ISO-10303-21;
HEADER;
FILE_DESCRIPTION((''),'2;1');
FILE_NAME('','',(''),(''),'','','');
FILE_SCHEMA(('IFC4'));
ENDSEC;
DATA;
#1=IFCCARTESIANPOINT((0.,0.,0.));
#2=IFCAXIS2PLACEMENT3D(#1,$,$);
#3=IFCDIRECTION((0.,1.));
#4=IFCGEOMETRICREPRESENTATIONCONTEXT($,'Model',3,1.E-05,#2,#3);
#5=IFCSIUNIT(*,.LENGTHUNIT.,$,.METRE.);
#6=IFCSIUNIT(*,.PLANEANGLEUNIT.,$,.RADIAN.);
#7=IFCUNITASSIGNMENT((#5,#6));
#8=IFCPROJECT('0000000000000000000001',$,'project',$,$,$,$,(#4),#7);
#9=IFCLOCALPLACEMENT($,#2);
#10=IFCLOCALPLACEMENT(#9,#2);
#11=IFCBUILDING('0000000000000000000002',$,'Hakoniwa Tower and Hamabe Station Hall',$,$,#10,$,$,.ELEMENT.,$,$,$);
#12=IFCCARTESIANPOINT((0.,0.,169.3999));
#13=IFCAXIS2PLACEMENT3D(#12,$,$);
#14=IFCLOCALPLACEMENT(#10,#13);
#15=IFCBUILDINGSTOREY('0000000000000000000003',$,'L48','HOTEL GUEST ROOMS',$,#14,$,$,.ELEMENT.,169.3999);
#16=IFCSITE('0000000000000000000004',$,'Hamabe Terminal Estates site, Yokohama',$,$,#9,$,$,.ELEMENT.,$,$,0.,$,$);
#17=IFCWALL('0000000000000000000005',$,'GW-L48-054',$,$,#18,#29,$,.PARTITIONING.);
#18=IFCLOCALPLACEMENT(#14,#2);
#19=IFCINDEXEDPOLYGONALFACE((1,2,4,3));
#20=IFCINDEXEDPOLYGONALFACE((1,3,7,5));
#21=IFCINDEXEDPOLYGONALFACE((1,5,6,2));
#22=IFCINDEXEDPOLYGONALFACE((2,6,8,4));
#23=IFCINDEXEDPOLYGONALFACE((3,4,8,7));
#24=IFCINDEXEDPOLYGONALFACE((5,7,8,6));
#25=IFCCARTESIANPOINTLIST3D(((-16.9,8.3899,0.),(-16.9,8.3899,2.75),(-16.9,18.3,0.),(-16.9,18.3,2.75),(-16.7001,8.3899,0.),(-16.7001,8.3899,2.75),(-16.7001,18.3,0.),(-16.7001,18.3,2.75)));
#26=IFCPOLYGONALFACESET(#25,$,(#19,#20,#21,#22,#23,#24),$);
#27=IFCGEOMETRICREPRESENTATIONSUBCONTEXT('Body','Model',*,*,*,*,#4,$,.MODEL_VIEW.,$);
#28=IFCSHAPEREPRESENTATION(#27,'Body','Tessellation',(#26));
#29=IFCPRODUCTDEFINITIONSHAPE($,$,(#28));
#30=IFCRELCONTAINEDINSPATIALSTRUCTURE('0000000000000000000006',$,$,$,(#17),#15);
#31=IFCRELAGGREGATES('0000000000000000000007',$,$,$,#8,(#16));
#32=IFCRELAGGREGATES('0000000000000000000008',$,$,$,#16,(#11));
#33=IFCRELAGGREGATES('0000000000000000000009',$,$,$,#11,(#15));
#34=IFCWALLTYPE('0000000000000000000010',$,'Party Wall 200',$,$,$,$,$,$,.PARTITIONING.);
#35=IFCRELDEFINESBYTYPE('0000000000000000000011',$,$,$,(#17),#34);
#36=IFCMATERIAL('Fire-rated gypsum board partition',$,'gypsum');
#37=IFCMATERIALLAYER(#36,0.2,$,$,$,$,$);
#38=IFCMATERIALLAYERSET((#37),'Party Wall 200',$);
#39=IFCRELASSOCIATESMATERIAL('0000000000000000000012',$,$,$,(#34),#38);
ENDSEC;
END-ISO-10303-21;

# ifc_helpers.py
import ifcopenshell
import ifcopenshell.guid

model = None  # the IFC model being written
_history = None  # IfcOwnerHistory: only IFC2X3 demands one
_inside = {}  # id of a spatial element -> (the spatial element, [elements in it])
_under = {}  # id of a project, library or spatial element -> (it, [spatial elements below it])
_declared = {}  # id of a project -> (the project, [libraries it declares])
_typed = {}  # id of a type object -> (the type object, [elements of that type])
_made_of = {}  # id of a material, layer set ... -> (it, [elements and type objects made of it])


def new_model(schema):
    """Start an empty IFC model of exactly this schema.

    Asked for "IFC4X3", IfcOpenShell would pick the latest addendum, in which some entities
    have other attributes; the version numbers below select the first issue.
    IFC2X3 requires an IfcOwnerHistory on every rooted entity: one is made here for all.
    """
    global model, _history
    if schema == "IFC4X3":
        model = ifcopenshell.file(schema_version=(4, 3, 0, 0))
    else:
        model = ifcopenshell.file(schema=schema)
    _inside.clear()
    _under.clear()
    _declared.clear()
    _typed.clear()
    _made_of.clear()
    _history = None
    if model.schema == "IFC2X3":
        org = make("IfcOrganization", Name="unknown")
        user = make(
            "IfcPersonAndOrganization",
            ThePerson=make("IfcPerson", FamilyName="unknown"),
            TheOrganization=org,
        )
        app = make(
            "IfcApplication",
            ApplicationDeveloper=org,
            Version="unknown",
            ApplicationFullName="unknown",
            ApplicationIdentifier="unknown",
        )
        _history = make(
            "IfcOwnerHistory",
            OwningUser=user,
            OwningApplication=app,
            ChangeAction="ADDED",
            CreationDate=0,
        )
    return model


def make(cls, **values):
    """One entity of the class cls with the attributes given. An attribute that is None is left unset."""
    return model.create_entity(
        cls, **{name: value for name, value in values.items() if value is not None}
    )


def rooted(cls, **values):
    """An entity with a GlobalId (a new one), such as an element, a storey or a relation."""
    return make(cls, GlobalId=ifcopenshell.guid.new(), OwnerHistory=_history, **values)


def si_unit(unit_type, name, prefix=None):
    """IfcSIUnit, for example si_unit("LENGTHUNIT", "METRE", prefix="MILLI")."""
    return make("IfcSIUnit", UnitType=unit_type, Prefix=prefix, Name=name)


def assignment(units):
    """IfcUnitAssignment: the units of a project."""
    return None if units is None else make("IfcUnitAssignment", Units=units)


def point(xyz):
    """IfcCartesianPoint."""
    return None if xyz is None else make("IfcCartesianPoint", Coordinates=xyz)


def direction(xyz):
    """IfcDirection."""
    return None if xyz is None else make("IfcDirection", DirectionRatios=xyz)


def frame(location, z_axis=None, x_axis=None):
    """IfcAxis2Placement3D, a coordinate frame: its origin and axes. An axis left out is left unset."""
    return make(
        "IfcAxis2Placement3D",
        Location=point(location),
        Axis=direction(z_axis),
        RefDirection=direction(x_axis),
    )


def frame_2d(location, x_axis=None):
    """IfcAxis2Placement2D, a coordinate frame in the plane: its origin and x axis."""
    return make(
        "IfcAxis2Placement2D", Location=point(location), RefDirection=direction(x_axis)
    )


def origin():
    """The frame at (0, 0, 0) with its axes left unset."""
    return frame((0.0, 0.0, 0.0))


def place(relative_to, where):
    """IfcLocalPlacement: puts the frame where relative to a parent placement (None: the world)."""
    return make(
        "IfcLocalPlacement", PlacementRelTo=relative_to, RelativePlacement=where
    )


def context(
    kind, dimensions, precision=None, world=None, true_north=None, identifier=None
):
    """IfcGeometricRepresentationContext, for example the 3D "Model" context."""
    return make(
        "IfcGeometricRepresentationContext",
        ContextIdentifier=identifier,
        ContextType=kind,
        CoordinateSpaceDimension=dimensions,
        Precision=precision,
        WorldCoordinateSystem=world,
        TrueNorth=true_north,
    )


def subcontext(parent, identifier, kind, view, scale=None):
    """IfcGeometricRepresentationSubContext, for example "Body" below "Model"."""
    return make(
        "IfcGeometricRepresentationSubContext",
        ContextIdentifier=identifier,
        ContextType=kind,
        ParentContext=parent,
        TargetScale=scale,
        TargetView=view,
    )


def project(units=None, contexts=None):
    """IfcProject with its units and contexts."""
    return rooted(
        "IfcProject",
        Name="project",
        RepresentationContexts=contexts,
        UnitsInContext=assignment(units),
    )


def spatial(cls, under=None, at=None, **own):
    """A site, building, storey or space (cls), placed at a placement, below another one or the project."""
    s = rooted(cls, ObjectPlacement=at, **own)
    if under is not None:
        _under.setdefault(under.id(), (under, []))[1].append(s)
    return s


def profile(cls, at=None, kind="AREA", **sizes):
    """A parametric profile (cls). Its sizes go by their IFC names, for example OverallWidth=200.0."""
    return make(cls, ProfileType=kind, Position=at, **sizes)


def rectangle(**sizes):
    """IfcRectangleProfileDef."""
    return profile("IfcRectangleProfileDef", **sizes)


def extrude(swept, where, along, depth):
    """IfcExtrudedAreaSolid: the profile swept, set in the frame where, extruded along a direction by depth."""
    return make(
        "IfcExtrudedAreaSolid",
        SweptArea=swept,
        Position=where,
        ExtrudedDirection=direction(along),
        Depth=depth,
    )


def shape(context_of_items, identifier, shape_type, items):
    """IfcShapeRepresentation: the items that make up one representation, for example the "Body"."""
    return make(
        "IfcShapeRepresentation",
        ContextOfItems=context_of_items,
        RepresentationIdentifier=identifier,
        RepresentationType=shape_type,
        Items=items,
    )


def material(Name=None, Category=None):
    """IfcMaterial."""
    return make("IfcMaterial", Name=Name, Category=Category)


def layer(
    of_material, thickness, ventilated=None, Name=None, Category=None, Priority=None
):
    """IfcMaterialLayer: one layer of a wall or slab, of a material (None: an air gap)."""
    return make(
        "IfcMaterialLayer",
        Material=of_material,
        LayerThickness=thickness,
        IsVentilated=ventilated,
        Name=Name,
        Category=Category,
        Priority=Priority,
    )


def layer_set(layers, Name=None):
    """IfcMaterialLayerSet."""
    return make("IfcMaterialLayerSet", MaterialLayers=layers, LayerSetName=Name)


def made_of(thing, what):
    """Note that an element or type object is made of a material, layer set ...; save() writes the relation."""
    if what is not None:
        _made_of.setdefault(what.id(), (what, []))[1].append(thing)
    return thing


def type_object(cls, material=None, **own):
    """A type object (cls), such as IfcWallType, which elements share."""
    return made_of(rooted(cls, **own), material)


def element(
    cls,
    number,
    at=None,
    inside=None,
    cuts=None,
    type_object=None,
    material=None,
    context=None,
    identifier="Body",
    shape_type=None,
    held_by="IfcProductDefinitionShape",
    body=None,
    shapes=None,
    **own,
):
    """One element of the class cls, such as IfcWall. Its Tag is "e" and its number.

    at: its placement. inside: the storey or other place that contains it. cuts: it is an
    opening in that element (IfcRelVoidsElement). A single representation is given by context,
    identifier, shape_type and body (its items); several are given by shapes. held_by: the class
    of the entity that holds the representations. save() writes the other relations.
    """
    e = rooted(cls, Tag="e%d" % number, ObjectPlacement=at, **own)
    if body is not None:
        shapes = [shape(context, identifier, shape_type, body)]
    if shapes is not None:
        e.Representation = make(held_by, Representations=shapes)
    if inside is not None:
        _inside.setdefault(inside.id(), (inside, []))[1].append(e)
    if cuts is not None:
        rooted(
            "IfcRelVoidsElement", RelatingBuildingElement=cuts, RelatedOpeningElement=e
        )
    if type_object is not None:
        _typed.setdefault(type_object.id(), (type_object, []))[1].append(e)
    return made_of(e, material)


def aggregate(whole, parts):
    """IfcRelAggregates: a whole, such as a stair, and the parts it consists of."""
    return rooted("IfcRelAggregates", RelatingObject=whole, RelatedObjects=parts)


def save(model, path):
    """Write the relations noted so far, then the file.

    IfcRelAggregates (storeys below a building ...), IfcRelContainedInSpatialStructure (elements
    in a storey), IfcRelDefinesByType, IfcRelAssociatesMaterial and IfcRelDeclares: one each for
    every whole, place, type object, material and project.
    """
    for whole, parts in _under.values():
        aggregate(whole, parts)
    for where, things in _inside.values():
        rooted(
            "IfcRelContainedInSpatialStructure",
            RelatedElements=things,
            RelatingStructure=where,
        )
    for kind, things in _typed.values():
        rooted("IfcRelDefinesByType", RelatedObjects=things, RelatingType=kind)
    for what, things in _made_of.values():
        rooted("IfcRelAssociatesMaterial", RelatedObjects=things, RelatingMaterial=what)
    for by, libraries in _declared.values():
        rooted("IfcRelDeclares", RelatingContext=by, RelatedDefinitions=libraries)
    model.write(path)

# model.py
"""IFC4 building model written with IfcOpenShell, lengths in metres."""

from ifc_helpers import new_model, si_unit, direction, frame, frame_2d, origin, place, context, subcontext, project, spatial, rectangle, extrude, material, layer, layer_set, type_object, element, save


model = new_model("IFC4")

# Units and contexts
model_context = context("Model", 3, precision=1e-05, world=origin(), true_north=direction((0.0, 1.0)))
body_context = subcontext(model_context, "Body", "Model", "MODEL_VIEW")
ifc_project = project(units=[si_unit("LENGTHUNIT", "METRE"), si_unit("PLANEANGLEUNIT", "RADIAN")], contexts=[model_context])

# Site, building, storey
site_placement = place(None, origin())
site = spatial("IfcSite", under=ifc_project, at=site_placement, Name="Hamabe Terminal Estates site, Yokohama", CompositionType="ELEMENT", RefElevation=0.0)
building_placement = place(site_placement, origin())
building = spatial("IfcBuilding", under=site, at=building_placement, Name="Hakoniwa Tower and Hamabe Station Hall", CompositionType="ELEMENT")
storey_placement = place(building_placement, frame((0.0, 0.0, 169.3999)))
storey = spatial("IfcBuildingStorey", under=building, at=storey_placement, Name="L48", Description="HOTEL GUEST ROOMS", CompositionType="ELEMENT", Elevation=169.3999)

# Wall
ifc_material_1 = material(Name="Fire-rated gypsum board partition", Category="gypsum")
ifc_layer_1 = layer(ifc_material_1, 0.2)
ifc_layer_set_1 = layer_set([ifc_layer_1], Name="Party Wall 200")
wall_type_1 = type_object("IfcWallType", Name="Party Wall 200", PredefinedType="PARTITIONING", material=ifc_layer_set_1)
wall_1_placement = place(storey_placement, frame((-16.8, 8.3899, 0.0), z_axis=(0.0, 0.0, 1.0), x_axis=(0.0, 1.0, 0.0)))
element("IfcWall", 1, at=wall_1_placement, inside=storey, type_object=wall_type_1, Name="GW-L48-054", PredefinedType="PARTITIONING", context=body_context, shape_type="SweptSolid", body=[
    extrude(rectangle(XDim=9.9102, YDim=0.2, at=frame_2d((4.9551, 0.0))), origin(), (0.0, 0.0, 1.0), 2.75),
])

save(model, "model.ifc")
